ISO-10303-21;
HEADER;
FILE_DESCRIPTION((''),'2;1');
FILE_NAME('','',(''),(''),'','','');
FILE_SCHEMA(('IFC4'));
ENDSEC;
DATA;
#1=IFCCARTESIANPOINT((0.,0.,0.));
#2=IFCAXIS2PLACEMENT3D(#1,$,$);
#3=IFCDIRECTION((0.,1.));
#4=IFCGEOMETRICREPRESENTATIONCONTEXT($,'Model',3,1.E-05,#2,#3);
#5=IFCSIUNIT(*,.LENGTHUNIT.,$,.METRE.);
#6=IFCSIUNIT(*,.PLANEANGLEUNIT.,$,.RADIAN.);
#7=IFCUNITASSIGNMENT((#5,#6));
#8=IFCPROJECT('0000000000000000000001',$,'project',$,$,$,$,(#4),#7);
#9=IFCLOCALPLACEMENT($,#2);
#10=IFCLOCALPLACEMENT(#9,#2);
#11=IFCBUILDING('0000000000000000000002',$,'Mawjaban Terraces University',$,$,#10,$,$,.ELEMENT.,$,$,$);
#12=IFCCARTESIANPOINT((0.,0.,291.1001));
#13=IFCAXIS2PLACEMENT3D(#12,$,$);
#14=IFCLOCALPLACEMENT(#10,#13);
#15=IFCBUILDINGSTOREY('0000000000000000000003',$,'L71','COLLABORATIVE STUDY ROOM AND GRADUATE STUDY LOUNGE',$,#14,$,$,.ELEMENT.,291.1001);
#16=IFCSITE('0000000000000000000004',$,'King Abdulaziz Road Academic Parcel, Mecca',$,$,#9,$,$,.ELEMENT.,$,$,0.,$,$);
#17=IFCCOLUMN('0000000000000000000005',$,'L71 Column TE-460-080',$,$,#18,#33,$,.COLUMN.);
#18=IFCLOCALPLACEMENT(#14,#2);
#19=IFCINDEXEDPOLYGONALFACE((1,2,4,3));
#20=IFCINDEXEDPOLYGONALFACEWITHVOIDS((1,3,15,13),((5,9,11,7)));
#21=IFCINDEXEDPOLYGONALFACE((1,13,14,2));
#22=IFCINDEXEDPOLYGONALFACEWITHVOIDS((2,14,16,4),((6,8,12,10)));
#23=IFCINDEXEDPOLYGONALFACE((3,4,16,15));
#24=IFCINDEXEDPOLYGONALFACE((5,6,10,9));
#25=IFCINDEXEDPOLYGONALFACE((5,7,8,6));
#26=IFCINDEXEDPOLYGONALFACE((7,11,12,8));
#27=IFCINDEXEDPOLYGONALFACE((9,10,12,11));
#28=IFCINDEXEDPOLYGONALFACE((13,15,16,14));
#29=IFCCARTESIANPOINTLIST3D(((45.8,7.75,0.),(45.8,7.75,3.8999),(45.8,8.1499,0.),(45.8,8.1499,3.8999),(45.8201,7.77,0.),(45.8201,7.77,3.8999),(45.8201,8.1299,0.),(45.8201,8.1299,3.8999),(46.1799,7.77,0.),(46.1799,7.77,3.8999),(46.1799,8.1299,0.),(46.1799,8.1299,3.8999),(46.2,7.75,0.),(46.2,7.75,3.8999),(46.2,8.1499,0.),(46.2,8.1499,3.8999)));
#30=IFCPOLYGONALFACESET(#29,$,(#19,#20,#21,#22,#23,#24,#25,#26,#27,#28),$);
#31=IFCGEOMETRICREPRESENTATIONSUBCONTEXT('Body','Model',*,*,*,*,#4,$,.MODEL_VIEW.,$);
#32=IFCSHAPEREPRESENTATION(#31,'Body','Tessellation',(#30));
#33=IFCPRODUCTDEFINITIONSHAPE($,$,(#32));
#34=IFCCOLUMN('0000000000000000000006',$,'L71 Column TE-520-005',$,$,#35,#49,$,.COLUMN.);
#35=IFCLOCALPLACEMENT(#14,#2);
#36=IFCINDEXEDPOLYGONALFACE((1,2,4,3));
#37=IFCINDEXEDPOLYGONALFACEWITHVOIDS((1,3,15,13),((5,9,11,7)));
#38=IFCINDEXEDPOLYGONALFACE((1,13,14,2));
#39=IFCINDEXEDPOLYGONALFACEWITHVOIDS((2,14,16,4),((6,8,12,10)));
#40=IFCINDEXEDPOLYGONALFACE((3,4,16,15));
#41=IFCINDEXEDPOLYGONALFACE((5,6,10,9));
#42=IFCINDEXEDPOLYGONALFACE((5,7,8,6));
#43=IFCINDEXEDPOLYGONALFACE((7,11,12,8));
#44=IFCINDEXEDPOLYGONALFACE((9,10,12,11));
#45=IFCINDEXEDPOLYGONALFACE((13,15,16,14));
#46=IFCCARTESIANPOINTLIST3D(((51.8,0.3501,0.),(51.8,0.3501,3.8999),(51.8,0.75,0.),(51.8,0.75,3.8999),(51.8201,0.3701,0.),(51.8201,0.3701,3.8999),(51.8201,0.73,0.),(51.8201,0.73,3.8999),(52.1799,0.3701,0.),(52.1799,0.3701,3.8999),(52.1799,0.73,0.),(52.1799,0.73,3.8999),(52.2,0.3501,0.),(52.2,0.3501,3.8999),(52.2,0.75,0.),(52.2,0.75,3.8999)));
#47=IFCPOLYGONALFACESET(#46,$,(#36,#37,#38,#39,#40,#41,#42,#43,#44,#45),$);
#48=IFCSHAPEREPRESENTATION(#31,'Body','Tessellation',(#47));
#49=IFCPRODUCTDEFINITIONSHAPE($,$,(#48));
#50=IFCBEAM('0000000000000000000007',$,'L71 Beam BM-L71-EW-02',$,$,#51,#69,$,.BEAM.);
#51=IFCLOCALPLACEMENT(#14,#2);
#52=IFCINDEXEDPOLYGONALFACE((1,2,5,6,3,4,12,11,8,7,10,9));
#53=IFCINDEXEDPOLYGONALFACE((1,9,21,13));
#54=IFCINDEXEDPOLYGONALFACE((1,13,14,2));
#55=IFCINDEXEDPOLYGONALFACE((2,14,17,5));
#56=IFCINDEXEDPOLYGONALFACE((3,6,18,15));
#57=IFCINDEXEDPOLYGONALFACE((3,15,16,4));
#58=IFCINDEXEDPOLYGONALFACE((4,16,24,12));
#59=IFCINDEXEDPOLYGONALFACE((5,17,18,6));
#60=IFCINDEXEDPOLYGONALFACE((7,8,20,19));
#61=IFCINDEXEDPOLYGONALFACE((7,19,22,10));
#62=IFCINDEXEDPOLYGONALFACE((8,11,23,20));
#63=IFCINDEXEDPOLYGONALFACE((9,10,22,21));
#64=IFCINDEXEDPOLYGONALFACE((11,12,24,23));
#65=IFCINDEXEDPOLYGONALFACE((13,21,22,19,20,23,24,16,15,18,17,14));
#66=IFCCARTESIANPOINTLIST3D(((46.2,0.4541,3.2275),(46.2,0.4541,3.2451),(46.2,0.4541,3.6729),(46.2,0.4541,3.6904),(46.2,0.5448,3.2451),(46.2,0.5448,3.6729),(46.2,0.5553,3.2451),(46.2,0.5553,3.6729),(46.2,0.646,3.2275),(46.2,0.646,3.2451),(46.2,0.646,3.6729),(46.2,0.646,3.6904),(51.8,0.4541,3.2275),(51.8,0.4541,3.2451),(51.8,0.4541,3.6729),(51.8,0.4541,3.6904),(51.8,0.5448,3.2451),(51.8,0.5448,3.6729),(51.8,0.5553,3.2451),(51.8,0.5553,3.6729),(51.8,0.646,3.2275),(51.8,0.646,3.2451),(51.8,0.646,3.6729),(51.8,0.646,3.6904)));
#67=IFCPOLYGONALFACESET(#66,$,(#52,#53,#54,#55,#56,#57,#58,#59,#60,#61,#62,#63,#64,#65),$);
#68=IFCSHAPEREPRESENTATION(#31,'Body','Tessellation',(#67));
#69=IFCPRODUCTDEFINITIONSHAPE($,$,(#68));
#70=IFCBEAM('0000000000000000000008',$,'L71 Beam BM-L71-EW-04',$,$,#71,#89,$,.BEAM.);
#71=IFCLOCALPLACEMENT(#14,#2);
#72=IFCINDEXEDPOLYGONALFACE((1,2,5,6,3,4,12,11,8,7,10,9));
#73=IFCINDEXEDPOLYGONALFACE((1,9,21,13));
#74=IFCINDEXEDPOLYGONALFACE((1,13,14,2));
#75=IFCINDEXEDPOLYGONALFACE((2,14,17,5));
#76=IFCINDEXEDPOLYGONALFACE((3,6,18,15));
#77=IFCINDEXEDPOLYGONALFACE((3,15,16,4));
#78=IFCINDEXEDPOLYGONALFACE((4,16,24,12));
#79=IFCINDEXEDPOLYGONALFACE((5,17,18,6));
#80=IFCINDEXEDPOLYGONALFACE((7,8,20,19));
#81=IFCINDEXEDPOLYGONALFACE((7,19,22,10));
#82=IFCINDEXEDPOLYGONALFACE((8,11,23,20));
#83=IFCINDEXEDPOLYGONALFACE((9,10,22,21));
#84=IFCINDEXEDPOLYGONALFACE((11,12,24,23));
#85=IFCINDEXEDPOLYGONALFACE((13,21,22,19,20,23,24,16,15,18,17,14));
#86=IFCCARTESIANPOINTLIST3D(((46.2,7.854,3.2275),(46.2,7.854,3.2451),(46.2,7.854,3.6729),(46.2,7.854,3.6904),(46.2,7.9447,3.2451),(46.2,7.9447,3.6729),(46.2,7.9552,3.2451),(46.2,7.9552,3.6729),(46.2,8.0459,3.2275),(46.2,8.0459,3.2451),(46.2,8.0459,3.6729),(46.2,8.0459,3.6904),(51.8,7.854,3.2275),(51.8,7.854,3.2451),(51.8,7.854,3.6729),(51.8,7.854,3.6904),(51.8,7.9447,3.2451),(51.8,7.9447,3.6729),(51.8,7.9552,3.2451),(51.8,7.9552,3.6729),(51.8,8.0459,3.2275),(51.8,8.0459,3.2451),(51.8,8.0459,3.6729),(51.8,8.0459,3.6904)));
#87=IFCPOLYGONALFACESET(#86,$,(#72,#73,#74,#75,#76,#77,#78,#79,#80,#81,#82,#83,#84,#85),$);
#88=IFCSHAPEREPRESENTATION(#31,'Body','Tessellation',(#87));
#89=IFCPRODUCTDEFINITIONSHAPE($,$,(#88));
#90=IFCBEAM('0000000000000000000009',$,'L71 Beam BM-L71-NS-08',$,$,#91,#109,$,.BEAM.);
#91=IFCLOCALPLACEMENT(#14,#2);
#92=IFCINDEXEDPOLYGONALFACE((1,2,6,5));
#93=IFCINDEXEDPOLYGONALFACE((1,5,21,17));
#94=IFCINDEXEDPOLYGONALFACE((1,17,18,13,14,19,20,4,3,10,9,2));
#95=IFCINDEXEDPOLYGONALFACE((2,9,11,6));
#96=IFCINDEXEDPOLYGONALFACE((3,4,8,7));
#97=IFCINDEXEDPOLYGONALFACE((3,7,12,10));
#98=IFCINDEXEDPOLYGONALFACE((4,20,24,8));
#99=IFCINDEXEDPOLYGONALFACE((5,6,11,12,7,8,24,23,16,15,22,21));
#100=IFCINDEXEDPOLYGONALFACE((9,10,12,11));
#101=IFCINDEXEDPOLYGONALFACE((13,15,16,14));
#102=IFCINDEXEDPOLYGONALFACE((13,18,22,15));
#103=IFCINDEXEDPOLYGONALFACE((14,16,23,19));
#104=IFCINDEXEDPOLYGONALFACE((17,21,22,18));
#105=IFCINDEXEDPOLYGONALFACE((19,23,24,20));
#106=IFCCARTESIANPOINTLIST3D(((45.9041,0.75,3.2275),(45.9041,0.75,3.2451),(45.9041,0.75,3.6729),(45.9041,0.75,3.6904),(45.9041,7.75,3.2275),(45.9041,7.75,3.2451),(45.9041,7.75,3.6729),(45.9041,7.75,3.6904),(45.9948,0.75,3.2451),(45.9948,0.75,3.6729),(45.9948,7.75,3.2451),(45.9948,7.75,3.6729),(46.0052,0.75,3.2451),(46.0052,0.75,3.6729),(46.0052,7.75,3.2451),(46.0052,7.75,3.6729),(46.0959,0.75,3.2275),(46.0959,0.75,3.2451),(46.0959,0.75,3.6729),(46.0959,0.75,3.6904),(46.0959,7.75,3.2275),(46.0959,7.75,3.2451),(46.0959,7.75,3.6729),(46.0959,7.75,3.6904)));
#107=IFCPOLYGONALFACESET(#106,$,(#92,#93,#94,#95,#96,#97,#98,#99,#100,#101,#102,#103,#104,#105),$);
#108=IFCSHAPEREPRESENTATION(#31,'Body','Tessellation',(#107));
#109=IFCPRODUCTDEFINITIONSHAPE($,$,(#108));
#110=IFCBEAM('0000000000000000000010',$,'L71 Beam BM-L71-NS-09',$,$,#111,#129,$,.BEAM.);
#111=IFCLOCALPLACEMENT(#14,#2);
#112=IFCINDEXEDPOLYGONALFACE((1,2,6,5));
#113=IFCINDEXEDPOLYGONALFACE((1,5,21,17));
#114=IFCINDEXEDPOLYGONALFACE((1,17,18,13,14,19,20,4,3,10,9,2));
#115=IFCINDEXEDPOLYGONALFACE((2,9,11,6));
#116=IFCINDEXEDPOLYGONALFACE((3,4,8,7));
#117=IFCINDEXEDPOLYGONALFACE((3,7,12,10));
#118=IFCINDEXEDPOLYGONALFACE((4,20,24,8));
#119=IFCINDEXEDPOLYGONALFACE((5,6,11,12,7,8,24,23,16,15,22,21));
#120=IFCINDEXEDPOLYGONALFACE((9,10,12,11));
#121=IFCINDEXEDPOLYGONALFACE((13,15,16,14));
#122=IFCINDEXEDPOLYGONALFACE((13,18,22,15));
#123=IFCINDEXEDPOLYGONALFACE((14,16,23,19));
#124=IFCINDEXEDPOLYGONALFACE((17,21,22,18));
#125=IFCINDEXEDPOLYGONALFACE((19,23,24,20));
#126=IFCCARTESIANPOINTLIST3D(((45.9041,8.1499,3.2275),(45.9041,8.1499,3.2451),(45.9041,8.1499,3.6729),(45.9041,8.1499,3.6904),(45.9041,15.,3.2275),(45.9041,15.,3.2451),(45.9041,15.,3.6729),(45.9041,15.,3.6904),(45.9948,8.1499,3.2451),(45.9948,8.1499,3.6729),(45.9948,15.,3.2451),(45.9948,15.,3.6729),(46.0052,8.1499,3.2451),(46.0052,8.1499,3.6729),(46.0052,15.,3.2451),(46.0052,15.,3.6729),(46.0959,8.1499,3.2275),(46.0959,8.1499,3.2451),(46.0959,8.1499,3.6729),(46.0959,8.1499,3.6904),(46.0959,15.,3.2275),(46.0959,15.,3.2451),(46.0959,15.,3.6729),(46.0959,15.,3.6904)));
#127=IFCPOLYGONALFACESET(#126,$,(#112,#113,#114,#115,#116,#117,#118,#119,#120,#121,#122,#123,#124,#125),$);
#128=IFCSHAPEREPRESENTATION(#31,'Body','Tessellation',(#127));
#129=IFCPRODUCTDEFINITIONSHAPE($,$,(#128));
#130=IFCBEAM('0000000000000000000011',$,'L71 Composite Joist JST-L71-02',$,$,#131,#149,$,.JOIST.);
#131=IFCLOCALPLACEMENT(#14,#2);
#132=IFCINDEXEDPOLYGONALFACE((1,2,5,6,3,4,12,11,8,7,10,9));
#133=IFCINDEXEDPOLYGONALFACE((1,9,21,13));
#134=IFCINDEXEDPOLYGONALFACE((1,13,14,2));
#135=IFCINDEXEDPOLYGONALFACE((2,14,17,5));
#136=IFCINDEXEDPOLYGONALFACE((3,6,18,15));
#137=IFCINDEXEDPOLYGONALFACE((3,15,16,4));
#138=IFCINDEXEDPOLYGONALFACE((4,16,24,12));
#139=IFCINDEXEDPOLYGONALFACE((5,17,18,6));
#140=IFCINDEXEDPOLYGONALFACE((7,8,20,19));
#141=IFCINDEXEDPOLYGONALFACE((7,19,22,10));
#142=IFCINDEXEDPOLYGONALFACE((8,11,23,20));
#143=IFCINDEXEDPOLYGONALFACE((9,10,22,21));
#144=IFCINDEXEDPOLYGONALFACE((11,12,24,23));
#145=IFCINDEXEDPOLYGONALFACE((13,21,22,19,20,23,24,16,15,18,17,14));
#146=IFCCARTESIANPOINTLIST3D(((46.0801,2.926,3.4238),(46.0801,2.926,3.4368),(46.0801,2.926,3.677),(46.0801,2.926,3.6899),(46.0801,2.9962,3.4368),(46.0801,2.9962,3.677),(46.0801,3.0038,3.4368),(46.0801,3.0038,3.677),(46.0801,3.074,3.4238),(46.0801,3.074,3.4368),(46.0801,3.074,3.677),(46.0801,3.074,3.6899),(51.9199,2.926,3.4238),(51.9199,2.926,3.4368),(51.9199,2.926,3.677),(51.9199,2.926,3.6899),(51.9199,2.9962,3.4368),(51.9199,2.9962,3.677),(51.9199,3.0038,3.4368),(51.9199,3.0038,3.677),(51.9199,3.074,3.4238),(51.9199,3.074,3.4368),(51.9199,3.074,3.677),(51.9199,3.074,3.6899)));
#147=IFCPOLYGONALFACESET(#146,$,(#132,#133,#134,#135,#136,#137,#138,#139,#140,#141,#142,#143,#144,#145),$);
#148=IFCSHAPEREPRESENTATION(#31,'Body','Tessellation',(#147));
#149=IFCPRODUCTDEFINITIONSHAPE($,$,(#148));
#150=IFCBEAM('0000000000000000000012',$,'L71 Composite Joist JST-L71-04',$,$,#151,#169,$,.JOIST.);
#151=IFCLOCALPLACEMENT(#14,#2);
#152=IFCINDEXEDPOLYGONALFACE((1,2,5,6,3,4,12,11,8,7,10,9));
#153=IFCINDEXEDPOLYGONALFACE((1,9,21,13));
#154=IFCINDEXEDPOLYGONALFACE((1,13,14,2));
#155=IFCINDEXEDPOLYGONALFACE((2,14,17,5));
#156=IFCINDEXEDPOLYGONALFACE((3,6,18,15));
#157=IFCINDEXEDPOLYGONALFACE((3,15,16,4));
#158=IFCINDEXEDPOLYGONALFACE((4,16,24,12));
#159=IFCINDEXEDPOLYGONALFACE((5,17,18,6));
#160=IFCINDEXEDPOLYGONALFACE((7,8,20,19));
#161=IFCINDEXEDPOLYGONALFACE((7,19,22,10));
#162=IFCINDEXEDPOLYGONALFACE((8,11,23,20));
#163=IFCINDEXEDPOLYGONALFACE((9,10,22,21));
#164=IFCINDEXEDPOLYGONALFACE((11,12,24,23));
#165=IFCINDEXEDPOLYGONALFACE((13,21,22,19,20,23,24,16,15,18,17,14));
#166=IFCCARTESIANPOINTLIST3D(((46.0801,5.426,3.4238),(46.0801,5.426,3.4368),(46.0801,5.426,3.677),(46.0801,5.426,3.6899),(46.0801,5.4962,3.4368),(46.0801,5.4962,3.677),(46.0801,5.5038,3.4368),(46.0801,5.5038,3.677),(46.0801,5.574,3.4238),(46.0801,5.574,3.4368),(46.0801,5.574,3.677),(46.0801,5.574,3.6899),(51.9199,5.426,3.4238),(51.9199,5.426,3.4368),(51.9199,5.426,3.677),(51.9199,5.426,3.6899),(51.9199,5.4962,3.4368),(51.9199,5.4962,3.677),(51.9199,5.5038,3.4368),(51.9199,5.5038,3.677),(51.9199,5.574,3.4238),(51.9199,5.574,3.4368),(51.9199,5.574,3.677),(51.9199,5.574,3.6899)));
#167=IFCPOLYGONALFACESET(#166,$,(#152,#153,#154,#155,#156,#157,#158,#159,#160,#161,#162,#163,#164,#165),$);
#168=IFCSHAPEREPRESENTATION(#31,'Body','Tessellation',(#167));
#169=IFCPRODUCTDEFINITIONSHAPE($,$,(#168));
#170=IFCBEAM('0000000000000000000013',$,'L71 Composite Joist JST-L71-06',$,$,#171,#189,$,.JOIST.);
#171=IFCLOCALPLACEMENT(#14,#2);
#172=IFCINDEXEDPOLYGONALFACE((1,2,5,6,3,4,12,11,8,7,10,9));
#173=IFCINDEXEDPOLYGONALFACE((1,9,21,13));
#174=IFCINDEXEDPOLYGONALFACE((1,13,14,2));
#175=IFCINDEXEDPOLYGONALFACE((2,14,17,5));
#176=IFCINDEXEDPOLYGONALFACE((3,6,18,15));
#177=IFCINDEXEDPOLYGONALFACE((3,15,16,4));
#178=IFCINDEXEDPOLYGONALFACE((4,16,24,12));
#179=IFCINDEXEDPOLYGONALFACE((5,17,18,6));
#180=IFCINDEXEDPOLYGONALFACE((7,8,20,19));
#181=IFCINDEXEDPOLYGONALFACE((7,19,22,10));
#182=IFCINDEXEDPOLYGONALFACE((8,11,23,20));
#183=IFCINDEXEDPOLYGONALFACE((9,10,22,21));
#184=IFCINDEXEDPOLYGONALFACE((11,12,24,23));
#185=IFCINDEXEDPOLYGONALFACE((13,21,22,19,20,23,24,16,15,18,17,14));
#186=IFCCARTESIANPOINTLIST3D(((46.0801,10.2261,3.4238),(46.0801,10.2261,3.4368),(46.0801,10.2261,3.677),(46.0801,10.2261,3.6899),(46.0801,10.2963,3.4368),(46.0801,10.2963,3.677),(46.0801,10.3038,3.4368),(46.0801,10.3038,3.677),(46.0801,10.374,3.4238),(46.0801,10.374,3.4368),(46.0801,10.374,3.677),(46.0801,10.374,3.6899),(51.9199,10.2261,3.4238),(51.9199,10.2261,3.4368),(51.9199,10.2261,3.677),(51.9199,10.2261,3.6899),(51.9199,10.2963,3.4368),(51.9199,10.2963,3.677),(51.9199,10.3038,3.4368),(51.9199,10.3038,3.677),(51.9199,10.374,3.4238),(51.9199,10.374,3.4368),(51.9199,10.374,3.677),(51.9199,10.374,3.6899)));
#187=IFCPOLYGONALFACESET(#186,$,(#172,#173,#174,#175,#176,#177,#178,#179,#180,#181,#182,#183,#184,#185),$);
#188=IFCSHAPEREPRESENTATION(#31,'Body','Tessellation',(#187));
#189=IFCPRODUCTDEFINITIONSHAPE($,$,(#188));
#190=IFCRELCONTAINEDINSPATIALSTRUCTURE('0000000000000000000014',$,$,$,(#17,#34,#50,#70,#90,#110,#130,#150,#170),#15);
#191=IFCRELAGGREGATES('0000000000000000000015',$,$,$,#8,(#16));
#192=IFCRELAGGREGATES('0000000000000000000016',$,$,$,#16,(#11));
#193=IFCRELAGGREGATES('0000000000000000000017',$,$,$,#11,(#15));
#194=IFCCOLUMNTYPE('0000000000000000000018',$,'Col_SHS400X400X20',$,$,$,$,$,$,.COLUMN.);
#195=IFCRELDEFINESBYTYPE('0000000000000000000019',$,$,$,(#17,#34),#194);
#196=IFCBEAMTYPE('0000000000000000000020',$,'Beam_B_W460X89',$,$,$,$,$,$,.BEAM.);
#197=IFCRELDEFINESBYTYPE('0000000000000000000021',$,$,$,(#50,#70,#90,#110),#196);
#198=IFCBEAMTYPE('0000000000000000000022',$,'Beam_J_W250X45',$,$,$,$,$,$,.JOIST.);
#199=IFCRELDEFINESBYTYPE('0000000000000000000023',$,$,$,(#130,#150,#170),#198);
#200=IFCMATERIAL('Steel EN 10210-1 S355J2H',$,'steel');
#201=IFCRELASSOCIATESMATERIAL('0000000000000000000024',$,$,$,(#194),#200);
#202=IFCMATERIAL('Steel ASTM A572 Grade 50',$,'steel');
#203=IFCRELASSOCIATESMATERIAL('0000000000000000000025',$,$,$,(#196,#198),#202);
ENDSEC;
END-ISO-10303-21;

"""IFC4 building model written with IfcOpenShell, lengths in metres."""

from ifc_helpers import new_model, si_unit, direction, frame, origin, origin_2d, place, context, subcontext, project, spatial, hollow_rectangle, i_section, extrude, material, material_profile, profile_set, type_object, element, save


model = new_model("IFC4")

# Units and contexts
model_context = context("Model", 3, precision=1e-05, world=origin(), true_north=direction((0.0, 1.0)))
body_context = subcontext(model_context, "Body", "Model", "MODEL_VIEW")
ifc_project = project(units=[si_unit("LENGTHUNIT", "METRE"), si_unit("PLANEANGLEUNIT", "RADIAN")], contexts=[model_context])

# Site, building, storey
site_placement = place(None, origin())
site = spatial("IfcSite", under=ifc_project, at=site_placement, Name="King Abdulaziz Road Academic Parcel, Mecca", CompositionType="ELEMENT", RefElevation=0.0)
building_placement = place(site_placement, origin())
building = spatial("IfcBuilding", under=site, at=building_placement, Name="Mawjaban Terraces University", CompositionType="ELEMENT")
storey_placement = place(building_placement, frame((0.0, 0.0, 291.1001)))
storey = spatial("IfcBuildingStorey", under=building, at=storey_placement, Name="L71", Description="COLLABORATIVE STUDY ROOM AND GRADUATE STUDY LOUNGE", CompositionType="ELEMENT", Elevation=291.1001)

# Columns
ifc_material_1 = material(Name="Steel EN 10210-1 S355J2H", Category="steel")
ifc_material_profile_1 = material_profile(ifc_material_1, hollow_rectangle(XDim=0.3999, YDim=0.3999, WallThickness=0.02, at=origin_2d()), Name="SHS400X400X20")
ifc_profile_set_1 = profile_set([ifc_material_profile_1], Name="Steel EN 10210-1 S355J2H")
column_type = type_object("IfcColumnType", Name="Col_SHS400X400X20", PredefinedType="COLUMN", material=ifc_profile_set_1)
for number, where, z_axis, x_axis, name in (
    (1, (46.0, 7.95, 0.0), (0.0, 0.0, 1.0), (1.0, 0.0, 0.0), "L71 Column TE-460-080"),
    (2, (52.0, 0.55, 0.0), (0.0, 0.0, 1.0), (1.0, 0.0, 0.0), "L71 Column TE-520-005"),
):
    element("IfcColumn", number, at=place(storey_placement, frame(where, z_axis=z_axis, x_axis=x_axis)), inside=storey, type_object=column_type, Name=name, PredefinedType="COLUMN", context=body_context, shape_type="SweptSolid", body=[
        extrude(hollow_rectangle(XDim=0.3999, YDim=0.3999, WallThickness=0.02, at=origin_2d()), origin(), (0.0, 0.0, 1.0), 3.8999),
    ])

# Beams
ifc_material_2 = material(Name="Steel ASTM A572 Grade 50", Category="steel")
ifc_material_profile_2 = material_profile(ifc_material_2, i_section(OverallWidth=0.1919, OverallDepth=0.4629, WebThickness=0.0105, FlangeThickness=0.0176, at=origin_2d()), Name="W460X89")
ifc_profile_set_2 = profile_set([ifc_material_profile_2], Name="Steel ASTM A572 Grade 50")
beam_type_1 = type_object("IfcBeamType", Name="Beam_B_W460X89", PredefinedType="BEAM", material=ifc_profile_set_2)
for number, where, z_axis, x_axis, name in (
    (3, (46.2, 0.55, 3.459), (1.0, 0.0, 0.0), (0.0, 1.0, 0.0), "L71 Beam BM-L71-EW-02"),
    (4, (46.2, 7.95, 3.459), (1.0, 0.0, 0.0), (0.0, 1.0, 0.0), "L71 Beam BM-L71-EW-04"),
):
    element("IfcBeam", number, at=place(storey_placement, frame(where, z_axis=z_axis, x_axis=x_axis)), inside=storey, type_object=beam_type_1, Name=name, PredefinedType="BEAM", context=body_context, shape_type="SweptSolid", body=[
        extrude(i_section(OverallWidth=0.1919, OverallDepth=0.4629, WebThickness=0.0105, FlangeThickness=0.0176, at=origin_2d()), origin(), (0.0, 0.0, 1.0), 5.6001),
    ])
beam_1_placement = place(storey_placement, frame((46.0, 0.75, 3.459), z_axis=(0.0, 1.0, 0.0), x_axis=(-1.0, 0.0, 0.0)))
element("IfcBeam", 5, at=beam_1_placement, inside=storey, type_object=beam_type_1, Name="L71 Beam BM-L71-NS-08", PredefinedType="BEAM", context=body_context, shape_type="SweptSolid", body=[
    extrude(i_section(OverallWidth=0.1919, OverallDepth=0.4629, WebThickness=0.0105, FlangeThickness=0.0176, at=origin_2d()), origin(), (0.0, 0.0, 1.0), 7.0),
])
beam_2_placement = place(storey_placement, frame((46.0, 8.1499, 3.459), z_axis=(0.0, 1.0, 0.0), x_axis=(-1.0, 0.0, 0.0)))
element("IfcBeam", 6, at=beam_2_placement, inside=storey, type_object=beam_type_1, Name="L71 Beam BM-L71-NS-09", PredefinedType="BEAM", context=body_context, shape_type="SweptSolid", body=[
    extrude(i_section(OverallWidth=0.1919, OverallDepth=0.4629, WebThickness=0.0105, FlangeThickness=0.0176, at=origin_2d()), origin(), (0.0, 0.0, 1.0), 6.8501),
])
ifc_material_profile_3 = material_profile(ifc_material_2, i_section(OverallWidth=0.1479, OverallDepth=0.2661, WebThickness=0.0076, FlangeThickness=0.0129, at=origin_2d()), Name="W250X45")
ifc_profile_set_3 = profile_set([ifc_material_profile_3], Name="Steel ASTM A572 Grade 50")
beam_type_2 = type_object("IfcBeamType", Name="Beam_J_W250X45", PredefinedType="JOIST", material=ifc_profile_set_3)
for number, where, z_axis, x_axis, name in (
    (7, (46.0801, 3.0, 3.5569), (1.0, 0.0, 0.0), (0.0, 1.0, 0.0), "L71 Composite Joist JST-L71-02"),
    (8, (46.0801, 5.5, 3.5569), (1.0, 0.0, 0.0), (0.0, 1.0, 0.0), "L71 Composite Joist JST-L71-04"),
    (9, (46.0801, 10.3, 3.5569), (1.0, 0.0, 0.0), (0.0, 1.0, 0.0), "L71 Composite Joist JST-L71-06"),
):
    element("IfcBeam", number, at=place(storey_placement, frame(where, z_axis=z_axis, x_axis=x_axis)), inside=storey, type_object=beam_type_2, Name=name, PredefinedType="JOIST", context=body_context, shape_type="SweptSolid", body=[
        extrude(i_section(OverallWidth=0.1479, OverallDepth=0.2661, WebThickness=0.0076, FlangeThickness=0.0129, at=origin_2d()), origin(), (0.0, 0.0, 1.0), 5.8398),
    ])

save(model, "model.ifc")
